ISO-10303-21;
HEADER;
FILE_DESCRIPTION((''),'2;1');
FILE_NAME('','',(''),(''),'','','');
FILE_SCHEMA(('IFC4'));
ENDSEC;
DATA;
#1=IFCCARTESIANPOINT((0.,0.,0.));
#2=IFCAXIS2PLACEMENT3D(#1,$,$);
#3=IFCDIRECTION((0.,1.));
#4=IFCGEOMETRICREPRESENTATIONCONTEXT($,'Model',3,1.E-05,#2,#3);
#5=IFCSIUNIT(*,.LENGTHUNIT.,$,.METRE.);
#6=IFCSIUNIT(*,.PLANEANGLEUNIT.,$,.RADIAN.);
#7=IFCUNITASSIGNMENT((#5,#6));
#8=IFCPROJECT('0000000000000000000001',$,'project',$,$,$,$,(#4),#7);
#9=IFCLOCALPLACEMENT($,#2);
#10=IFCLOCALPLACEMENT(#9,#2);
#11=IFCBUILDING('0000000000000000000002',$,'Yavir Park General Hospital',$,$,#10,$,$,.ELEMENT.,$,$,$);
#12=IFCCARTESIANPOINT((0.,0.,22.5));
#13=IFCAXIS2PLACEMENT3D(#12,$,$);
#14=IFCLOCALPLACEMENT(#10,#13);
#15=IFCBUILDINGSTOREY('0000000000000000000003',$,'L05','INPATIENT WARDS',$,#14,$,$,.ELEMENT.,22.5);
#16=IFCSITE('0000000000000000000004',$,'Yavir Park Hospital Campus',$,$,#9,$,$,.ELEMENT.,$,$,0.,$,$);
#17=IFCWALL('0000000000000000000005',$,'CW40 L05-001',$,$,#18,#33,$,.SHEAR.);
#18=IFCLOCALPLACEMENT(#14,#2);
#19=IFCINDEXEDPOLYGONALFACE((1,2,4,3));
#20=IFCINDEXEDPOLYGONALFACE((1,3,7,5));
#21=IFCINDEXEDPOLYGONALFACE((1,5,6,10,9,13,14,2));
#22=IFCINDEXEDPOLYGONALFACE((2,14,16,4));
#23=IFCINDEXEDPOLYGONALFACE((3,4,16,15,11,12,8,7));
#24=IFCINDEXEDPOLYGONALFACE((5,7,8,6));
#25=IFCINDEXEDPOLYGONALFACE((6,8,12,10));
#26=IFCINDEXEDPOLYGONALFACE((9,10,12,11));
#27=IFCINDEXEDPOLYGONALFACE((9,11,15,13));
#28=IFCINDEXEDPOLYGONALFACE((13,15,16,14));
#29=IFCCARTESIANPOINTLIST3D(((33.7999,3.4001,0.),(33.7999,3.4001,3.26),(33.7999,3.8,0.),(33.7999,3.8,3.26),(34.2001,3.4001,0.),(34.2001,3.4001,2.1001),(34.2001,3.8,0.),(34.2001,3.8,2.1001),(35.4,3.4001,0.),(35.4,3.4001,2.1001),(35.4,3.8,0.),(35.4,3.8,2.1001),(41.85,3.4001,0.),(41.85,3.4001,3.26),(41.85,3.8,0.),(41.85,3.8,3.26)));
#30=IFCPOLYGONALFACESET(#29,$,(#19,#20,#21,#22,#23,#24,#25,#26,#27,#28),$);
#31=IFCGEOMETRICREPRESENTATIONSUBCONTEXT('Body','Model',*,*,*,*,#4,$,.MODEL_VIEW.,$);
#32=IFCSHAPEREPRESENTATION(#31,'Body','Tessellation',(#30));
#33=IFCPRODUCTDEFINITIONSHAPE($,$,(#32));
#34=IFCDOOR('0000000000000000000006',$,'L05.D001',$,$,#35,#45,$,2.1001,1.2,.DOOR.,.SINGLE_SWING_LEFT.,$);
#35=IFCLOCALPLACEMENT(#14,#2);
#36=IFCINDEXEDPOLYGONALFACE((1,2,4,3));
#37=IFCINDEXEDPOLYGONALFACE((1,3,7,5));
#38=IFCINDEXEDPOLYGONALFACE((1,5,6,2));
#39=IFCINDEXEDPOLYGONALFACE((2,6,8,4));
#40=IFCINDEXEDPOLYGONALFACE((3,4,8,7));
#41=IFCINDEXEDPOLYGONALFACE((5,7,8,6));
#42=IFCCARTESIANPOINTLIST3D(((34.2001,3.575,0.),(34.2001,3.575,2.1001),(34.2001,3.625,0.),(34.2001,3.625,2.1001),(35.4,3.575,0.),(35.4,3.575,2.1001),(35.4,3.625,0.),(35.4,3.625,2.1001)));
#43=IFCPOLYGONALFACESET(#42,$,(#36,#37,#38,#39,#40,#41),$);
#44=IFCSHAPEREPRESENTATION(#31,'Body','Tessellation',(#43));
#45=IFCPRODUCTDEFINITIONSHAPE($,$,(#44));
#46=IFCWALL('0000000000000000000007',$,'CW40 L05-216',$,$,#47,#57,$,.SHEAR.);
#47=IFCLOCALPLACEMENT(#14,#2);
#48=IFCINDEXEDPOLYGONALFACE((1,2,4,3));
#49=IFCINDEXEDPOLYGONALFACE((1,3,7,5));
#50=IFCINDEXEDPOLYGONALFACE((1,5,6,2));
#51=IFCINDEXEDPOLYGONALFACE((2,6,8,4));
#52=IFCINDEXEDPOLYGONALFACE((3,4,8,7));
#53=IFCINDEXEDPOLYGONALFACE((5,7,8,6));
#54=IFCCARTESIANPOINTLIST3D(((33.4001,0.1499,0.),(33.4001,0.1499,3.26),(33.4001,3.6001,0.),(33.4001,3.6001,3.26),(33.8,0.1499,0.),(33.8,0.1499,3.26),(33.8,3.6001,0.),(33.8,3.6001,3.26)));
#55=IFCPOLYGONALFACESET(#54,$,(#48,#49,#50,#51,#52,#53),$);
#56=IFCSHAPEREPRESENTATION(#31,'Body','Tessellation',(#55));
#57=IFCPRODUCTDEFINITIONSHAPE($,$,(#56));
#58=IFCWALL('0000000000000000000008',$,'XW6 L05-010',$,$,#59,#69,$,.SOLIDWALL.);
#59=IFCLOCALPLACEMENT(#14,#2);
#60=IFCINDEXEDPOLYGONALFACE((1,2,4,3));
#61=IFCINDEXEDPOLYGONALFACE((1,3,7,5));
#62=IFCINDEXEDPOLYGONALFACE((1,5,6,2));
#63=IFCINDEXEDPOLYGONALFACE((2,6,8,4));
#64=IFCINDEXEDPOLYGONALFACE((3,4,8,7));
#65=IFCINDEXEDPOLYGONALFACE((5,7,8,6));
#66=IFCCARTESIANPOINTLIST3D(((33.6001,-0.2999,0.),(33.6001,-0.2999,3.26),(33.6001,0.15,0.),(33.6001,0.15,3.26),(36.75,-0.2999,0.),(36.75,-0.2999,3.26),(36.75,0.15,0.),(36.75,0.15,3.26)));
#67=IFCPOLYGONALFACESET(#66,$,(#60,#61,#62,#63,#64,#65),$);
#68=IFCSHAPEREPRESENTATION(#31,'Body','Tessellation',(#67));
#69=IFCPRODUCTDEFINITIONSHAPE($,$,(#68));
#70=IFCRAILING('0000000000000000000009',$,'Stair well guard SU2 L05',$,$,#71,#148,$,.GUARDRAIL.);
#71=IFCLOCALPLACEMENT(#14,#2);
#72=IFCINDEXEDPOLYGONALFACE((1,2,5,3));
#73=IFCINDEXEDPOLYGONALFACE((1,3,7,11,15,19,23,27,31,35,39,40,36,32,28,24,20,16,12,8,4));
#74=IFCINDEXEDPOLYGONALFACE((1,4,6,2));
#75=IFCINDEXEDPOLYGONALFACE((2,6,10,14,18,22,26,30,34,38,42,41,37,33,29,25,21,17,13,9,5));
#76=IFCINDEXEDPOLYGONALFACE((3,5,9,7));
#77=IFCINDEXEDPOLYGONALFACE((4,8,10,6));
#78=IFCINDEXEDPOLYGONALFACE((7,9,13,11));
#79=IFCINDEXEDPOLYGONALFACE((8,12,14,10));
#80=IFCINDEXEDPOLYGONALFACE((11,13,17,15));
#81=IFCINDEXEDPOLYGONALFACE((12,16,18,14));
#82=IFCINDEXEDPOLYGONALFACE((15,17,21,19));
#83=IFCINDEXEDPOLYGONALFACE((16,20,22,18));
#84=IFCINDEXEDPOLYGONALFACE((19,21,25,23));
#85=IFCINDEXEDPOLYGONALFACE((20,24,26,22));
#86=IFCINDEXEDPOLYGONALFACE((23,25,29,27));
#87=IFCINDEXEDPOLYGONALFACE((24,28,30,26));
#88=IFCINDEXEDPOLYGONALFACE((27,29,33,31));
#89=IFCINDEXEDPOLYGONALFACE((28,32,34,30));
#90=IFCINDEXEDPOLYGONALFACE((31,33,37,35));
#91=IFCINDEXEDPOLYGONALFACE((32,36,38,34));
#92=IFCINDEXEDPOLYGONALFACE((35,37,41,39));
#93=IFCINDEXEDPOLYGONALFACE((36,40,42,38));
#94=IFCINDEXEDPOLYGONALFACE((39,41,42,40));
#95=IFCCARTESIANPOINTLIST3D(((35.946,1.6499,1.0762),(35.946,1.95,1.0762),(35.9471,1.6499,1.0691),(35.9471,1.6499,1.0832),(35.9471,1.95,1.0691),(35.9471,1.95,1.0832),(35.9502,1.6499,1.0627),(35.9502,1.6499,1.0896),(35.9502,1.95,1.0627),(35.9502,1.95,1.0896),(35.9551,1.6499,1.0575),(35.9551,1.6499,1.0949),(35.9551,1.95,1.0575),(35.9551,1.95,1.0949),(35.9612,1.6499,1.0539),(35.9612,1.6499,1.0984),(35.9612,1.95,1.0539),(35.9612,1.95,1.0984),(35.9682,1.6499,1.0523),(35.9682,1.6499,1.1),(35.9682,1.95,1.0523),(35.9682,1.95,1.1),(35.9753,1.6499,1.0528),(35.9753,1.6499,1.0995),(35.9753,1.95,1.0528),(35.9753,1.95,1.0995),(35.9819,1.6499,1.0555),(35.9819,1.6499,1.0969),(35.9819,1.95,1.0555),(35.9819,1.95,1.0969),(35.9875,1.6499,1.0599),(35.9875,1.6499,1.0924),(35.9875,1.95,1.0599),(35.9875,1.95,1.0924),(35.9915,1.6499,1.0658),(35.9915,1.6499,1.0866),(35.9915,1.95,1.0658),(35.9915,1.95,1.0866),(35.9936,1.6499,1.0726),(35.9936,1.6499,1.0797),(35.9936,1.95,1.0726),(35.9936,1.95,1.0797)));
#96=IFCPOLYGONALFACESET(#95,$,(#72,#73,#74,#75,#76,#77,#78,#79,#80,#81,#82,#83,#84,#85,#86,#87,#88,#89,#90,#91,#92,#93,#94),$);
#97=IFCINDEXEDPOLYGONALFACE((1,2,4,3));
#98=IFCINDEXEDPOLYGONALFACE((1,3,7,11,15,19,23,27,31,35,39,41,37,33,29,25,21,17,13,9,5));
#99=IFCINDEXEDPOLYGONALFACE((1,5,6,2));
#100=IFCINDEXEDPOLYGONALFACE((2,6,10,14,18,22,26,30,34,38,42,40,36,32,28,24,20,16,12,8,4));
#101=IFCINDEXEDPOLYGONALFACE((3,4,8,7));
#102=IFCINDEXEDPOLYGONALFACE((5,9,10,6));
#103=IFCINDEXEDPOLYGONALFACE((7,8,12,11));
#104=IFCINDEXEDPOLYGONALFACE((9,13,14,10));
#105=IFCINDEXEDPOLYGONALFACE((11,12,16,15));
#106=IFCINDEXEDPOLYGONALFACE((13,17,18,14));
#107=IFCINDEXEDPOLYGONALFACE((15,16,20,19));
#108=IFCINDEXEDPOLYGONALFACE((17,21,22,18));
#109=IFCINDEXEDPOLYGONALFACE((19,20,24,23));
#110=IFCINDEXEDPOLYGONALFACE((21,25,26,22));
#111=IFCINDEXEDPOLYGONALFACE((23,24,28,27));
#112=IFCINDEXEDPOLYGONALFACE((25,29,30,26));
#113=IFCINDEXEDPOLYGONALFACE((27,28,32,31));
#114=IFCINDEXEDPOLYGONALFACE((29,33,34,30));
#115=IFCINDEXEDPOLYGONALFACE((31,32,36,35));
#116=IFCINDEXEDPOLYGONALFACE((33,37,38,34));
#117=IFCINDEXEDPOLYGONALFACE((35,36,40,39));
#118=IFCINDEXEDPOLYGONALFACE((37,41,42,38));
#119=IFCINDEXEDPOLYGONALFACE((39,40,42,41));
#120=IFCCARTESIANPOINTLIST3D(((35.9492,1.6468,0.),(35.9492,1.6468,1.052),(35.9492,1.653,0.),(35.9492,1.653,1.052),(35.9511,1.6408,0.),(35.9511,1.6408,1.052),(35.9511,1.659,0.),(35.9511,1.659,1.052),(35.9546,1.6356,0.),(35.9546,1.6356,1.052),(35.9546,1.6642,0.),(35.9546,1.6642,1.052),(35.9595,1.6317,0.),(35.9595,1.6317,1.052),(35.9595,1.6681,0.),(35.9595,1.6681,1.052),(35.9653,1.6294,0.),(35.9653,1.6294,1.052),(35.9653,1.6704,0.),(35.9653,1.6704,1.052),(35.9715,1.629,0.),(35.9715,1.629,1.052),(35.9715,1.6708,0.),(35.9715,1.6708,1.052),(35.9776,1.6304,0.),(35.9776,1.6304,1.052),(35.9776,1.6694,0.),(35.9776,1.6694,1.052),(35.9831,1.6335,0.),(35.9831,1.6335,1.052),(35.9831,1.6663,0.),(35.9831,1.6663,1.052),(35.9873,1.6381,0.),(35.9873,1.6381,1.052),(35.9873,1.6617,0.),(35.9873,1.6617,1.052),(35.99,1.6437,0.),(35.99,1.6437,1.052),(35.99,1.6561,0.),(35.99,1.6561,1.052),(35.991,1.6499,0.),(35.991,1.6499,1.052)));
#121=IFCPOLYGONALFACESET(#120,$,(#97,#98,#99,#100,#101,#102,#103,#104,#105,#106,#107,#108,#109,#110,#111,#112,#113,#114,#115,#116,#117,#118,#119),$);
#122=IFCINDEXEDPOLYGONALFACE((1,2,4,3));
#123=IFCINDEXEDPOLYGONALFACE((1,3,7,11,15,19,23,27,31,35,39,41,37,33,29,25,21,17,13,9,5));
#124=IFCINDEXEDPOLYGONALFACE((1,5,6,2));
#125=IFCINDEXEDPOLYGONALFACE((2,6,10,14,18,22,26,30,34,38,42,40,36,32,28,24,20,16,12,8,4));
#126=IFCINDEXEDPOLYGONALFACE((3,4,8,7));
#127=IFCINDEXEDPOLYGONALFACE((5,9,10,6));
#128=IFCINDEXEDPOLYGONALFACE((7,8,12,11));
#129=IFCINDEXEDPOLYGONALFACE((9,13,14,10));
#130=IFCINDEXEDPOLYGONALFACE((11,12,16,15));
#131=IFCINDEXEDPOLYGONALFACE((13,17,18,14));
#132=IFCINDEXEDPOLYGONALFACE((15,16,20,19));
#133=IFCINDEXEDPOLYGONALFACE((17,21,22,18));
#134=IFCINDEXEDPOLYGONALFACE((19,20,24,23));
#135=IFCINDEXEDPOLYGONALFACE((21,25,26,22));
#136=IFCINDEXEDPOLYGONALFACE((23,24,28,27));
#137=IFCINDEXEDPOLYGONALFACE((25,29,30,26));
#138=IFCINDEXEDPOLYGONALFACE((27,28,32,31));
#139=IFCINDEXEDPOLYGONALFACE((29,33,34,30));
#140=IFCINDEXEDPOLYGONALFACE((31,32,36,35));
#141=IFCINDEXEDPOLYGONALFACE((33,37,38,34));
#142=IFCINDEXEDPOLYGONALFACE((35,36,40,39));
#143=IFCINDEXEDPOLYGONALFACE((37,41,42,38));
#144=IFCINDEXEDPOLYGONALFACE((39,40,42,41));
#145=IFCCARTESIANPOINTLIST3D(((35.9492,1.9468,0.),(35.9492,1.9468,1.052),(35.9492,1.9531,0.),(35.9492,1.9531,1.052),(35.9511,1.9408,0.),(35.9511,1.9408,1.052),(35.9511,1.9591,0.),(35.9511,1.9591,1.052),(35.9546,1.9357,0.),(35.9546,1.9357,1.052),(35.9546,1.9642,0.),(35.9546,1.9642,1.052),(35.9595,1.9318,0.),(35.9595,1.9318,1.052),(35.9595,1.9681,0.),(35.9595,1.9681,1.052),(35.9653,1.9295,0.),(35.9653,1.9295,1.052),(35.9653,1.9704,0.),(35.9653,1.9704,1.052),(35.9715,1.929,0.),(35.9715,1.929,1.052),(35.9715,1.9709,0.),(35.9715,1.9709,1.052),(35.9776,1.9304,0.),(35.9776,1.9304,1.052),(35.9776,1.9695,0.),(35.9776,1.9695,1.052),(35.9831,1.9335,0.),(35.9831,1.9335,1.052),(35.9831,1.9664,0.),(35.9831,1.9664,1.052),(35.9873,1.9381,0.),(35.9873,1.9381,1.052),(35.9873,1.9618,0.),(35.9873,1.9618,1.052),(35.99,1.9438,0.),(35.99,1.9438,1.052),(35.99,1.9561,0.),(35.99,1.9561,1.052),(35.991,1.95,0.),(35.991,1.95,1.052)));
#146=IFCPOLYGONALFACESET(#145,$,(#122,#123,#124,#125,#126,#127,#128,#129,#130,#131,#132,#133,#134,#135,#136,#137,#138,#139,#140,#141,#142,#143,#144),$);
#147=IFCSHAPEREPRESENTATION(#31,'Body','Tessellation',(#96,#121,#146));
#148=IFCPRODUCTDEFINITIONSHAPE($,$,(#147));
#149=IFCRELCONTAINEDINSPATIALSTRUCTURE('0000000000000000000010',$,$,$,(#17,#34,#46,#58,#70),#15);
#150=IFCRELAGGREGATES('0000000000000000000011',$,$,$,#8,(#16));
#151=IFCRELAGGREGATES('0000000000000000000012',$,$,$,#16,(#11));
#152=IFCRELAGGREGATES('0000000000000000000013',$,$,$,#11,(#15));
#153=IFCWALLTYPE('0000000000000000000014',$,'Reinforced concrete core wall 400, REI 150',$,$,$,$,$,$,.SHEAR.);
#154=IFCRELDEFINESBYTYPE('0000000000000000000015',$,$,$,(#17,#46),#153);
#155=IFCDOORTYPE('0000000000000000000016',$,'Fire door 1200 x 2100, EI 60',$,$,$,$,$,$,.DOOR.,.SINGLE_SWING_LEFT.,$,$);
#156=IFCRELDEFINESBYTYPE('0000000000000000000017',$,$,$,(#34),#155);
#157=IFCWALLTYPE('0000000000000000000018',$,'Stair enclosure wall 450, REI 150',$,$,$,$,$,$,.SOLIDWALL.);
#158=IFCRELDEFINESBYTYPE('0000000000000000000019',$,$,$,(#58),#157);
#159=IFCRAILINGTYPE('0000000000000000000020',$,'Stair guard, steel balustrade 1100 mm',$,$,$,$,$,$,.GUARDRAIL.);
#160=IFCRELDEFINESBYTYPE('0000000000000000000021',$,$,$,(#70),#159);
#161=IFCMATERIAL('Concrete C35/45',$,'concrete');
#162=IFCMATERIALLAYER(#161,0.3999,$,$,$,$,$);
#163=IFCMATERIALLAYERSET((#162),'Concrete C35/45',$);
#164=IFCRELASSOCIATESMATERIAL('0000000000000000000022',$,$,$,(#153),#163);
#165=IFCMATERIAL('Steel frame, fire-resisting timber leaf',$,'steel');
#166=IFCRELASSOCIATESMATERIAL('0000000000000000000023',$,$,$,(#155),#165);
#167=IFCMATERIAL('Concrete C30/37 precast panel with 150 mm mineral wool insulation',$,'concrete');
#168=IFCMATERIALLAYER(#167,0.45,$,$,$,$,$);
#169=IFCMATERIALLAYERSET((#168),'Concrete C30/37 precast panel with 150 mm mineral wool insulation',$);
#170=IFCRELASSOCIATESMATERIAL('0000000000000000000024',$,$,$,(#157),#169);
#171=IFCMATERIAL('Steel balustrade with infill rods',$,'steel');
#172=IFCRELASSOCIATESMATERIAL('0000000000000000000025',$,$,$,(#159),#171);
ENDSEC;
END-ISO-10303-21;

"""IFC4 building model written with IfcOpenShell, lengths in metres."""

from ifc_helpers import new_model, si_unit, direction, frame, frame_2d, origin, origin_2d, place, context, subcontext, project, spatial, rectangle, circle, extrude, material, layer, layer_set, type_object, element, fill, save


model = new_model("IFC4")

# Units and contexts
model_context = context("Model", 3, precision=1e-05, world=origin(), true_north=direction((0.0, 1.0)))
body_context = subcontext(model_context, "Body", "Model", "MODEL_VIEW")
ifc_project = project(units=[si_unit("LENGTHUNIT", "METRE"), si_unit("PLANEANGLEUNIT", "RADIAN")], contexts=[model_context])

# Site, building, storey
site_placement = place(None, origin())
site = spatial("IfcSite", under=ifc_project, at=site_placement, Name="Yavir Park Hospital Campus", CompositionType="ELEMENT", RefElevation=0.0)
building_placement = place(site_placement, origin())
building = spatial("IfcBuilding", under=site, at=building_placement, Name="Yavir Park General Hospital", CompositionType="ELEMENT")
storey_placement = place(building_placement, frame((0.0, 0.0, 22.5)))
storey = spatial("IfcBuildingStorey", under=building, at=storey_placement, Name="L05", Description="INPATIENT WARDS", CompositionType="ELEMENT", Elevation=22.5)

# Wall, opening, door
ifc_material_1 = material(Name="Concrete C35/45", Category="concrete")
ifc_layer_1 = layer(ifc_material_1, 0.3999)
ifc_layer_set_1 = layer_set([ifc_layer_1], Name="Concrete C35/45")
wall_type_1 = type_object("IfcWallType", Name="Reinforced concrete core wall 400, REI 150", PredefinedType="SHEAR", material=ifc_layer_set_1)
wall_1_placement = place(storey_placement, frame((33.8, 3.6001, 0.0), z_axis=(0.0, 0.0, 1.0), x_axis=(1.0, 0.0, 0.0)))
wall_1 = element("IfcWall", 1, at=wall_1_placement, inside=storey, type_object=wall_type_1, Name="CW40 L05-001", PredefinedType="SHEAR", context=body_context, shape_type="SweptSolid", body=[
    extrude(rectangle(XDim=8.05, YDim=0.3999, at=frame_2d((4.0249, 0.0))), origin(), (0.0, 0.0, 1.0), 3.26),
])
opening_1_placement = place(wall_1_placement, frame((0.3999, 0.0, 0.0)))
opening_1 = element("IfcOpeningElement", 2, at=opening_1_placement, cuts=wall_1, PredefinedType="OPENING", context=body_context, shape_type="SweptSolid", body=[
    extrude(rectangle(XDim=1.2, YDim=2.1001, at=frame_2d((0.6001, 1.05))), frame((0.0, 0.21, 0.0), z_axis=(0.0, -1.0, 0.0), x_axis=(1.0, 0.0, 0.0)), (0.0, 0.0, 1.0), 0.4199),
])
ifc_material_2 = material(Name="Steel frame, fire-resisting timber leaf", Category="steel")
door_type_1 = type_object("IfcDoorType", Name="Fire door 1200 x 2100, EI 60", OperationType="SINGLE_SWING_LEFT", PredefinedType="DOOR", material=ifc_material_2)
door_1_placement = place(opening_1_placement, origin())
door_1 = element("IfcDoor", 3, at=door_1_placement, inside=storey, type_object=door_type_1, Name="L05.D001", OperationType="SINGLE_SWING_LEFT", OverallHeight=2.1001, OverallWidth=1.2, PredefinedType="DOOR", context=body_context, shape_type="SweptSolid", body=[
    extrude(rectangle(XDim=1.2, YDim=2.1001, at=frame_2d((0.6001, 1.05))), frame((0.0, 0.0249, 0.0), z_axis=(0.0, -1.0, 0.0), x_axis=(1.0, 0.0, 0.0)), (0.0, 0.0, 1.0), 0.05),
])
fill(opening_1, door_1)

# Walls
wall_2_placement = place(storey_placement, frame((33.6001, 0.1499, 0.0), z_axis=(0.0, 0.0, 1.0), x_axis=(0.0, 1.0, 0.0)))
element("IfcWall", 4, at=wall_2_placement, inside=storey, type_object=wall_type_1, Name="CW40 L05-216", PredefinedType="SHEAR", context=body_context, shape_type="SweptSolid", body=[
    extrude(rectangle(XDim=3.4502, YDim=0.3999, at=frame_2d((1.7251, 0.0))), origin(), (0.0, 0.0, 1.0), 3.26),
])
ifc_material_3 = material(Name="Concrete C30/37 precast panel with 150 mm mineral wool insulation", Category="concrete")
ifc_layer_2 = layer(ifc_material_3, 0.45)
ifc_layer_set_2 = layer_set([ifc_layer_2], Name="Concrete C30/37 precast panel with 150 mm mineral wool insulation")
wall_type_2 = type_object("IfcWallType", Name="Stair enclosure wall 450, REI 150", PredefinedType="SOLIDWALL", material=ifc_layer_set_2)
wall_3_placement = place(storey_placement, frame((33.6001, -0.075, 0.0), z_axis=(0.0, 0.0, 1.0), x_axis=(1.0, 0.0, 0.0)))
element("IfcWall", 5, at=wall_3_placement, inside=storey, type_object=wall_type_2, Name="XW6 L05-010", PredefinedType="SOLIDWALL", context=body_context, shape_type="SweptSolid", body=[
    extrude(rectangle(XDim=3.1499, YDim=0.45, at=frame_2d((1.575, 0.0))), origin(), (0.0, 0.0, 1.0), 3.26),
])

# Railing
ifc_material_4 = material(Name="Steel balustrade with infill rods", Category="steel")
railing_type = type_object("IfcRailingType", Name="Stair guard, steel balustrade 1100 mm", PredefinedType="GUARDRAIL", material=ifc_material_4)
railing_placement = place(storey_placement, frame((35.97, 1.6499, 0.0)))
element("IfcRailing", 6, at=railing_placement, inside=storey, type_object=railing_type, Name="Stair well guard SU2 L05", PredefinedType="GUARDRAIL", context=body_context, shape_type="SweptSolid", body=[
    extrude(circle(Radius=0.0239, at=origin_2d()), frame((0.0, 0.0, 1.0762), z_axis=(0.0, 1.0, 0.0), x_axis=(-1.0, 0.0, 0.0)), (0.0, 0.0, 1.0), 0.3),
    extrude(circle(Radius=0.021, at=origin_2d()), origin(), (0.0, 0.0, 1.0), 1.052),
    extrude(circle(Radius=0.021, at=origin_2d()), frame((0.0, 0.3, 0.0)), (0.0, 0.0, 1.0), 1.052),
])

save(model, "model.ifc")
